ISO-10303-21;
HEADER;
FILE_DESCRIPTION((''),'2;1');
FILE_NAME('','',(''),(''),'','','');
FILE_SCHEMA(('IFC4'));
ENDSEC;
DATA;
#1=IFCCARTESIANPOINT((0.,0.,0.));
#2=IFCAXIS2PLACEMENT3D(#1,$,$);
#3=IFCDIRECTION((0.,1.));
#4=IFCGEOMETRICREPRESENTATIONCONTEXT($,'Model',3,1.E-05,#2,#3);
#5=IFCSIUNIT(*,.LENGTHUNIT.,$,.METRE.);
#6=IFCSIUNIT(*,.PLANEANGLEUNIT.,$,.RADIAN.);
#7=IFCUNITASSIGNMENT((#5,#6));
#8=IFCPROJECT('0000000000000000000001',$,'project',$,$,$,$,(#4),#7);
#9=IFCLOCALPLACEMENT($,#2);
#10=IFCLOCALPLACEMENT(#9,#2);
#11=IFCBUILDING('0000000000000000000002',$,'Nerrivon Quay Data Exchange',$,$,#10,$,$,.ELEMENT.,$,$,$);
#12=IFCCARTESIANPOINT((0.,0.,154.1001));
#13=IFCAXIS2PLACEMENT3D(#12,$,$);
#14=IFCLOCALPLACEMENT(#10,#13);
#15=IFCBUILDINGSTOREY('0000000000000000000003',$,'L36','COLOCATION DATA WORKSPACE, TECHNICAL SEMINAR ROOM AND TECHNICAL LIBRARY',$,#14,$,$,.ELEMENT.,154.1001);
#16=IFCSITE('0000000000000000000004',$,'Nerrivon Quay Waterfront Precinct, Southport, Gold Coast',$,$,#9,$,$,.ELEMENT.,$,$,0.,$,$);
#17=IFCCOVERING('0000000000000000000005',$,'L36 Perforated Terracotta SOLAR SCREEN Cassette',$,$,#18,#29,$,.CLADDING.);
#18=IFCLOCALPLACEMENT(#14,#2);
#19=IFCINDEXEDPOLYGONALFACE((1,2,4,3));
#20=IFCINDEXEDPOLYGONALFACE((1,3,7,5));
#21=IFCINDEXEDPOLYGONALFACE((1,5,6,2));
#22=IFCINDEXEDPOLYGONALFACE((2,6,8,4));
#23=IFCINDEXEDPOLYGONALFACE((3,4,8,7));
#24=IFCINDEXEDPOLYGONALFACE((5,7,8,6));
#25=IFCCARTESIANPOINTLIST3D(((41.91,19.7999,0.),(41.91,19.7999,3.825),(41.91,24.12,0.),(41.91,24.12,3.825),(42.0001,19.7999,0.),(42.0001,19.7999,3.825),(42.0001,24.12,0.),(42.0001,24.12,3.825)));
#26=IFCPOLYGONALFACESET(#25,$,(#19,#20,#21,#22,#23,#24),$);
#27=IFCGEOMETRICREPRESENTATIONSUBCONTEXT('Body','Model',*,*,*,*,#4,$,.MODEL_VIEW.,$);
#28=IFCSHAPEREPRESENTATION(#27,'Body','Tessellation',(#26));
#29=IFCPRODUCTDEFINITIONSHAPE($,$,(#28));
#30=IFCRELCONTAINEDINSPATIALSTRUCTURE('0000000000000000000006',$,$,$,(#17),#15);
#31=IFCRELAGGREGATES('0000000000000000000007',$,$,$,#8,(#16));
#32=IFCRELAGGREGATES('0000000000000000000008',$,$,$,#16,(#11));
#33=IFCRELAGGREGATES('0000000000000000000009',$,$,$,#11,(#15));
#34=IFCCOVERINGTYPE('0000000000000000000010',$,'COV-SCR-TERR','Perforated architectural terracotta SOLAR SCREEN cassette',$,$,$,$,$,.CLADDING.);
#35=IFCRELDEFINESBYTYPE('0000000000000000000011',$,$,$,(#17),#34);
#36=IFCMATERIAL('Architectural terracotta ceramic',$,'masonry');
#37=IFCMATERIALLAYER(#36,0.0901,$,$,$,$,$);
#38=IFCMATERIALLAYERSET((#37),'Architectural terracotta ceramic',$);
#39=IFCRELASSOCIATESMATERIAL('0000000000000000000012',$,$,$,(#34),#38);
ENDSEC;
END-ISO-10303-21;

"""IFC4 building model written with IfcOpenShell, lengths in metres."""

from ifc_helpers import new_model, si_unit, direction, frame, origin, origin_2d, place, context, subcontext, project, spatial, rectangle, extrude, material, layer, layer_set, type_object, element, save


model = new_model("IFC4")

# Units and contexts
model_context = context("Model", 3, precision=1e-05, world=origin(), true_north=direction((0.0, 1.0)))
body_context = subcontext(model_context, "Body", "Model", "MODEL_VIEW")
ifc_project = project(units=[si_unit("LENGTHUNIT", "METRE"), si_unit("PLANEANGLEUNIT", "RADIAN")], contexts=[model_context])

# Site, building, storey
site_placement = place(None, origin())
site = spatial("IfcSite", under=ifc_project, at=site_placement, Name="Nerrivon Quay Waterfront Precinct, Southport, Gold Coast", CompositionType="ELEMENT", RefElevation=0.0)
building_placement = place(site_placement, origin())
building = spatial("IfcBuilding", under=site, at=building_placement, Name="Nerrivon Quay Data Exchange", CompositionType="ELEMENT")
storey_placement = place(building_placement, frame((0.0, 0.0, 154.1001)))
storey = spatial("IfcBuildingStorey", under=building, at=storey_placement, Name="L36", Description="COLOCATION DATA WORKSPACE, TECHNICAL SEMINAR ROOM AND TECHNICAL LIBRARY", CompositionType="ELEMENT", Elevation=154.1001)

# Covering
ifc_material_1 = material(Name="Architectural terracotta ceramic", Category="masonry")
ifc_layer_1 = layer(ifc_material_1, 0.0901)
ifc_layer_set_1 = layer_set([ifc_layer_1], Name="Architectural terracotta ceramic")
covering_type = type_object("IfcCoveringType", Name="COV-SCR-TERR", Description="Perforated architectural terracotta SOLAR SCREEN cassette", PredefinedType="CLADDING", material=ifc_layer_set_1)
for number, where, z_axis, x_axis, name in (
    (1, (41.9551, 21.96, 0.0), (0.0, 0.0, 1.0), (0.0, -1.0, 0.0), "L36 Perforated Terracotta SOLAR SCREEN Cassette"),
):
    element("IfcCovering", number, at=place(storey_placement, frame(where, z_axis=z_axis, x_axis=x_axis)), inside=storey, type_object=covering_type, Name=name, PredefinedType="CLADDING", context=body_context, shape_type="SweptSolid", body=[
        extrude(rectangle(XDim=4.3201, YDim=0.0901, at=origin_2d()), origin(), (0.0, 0.0, 1.0), 3.825),
    ])

save(model, "model.ifc")
